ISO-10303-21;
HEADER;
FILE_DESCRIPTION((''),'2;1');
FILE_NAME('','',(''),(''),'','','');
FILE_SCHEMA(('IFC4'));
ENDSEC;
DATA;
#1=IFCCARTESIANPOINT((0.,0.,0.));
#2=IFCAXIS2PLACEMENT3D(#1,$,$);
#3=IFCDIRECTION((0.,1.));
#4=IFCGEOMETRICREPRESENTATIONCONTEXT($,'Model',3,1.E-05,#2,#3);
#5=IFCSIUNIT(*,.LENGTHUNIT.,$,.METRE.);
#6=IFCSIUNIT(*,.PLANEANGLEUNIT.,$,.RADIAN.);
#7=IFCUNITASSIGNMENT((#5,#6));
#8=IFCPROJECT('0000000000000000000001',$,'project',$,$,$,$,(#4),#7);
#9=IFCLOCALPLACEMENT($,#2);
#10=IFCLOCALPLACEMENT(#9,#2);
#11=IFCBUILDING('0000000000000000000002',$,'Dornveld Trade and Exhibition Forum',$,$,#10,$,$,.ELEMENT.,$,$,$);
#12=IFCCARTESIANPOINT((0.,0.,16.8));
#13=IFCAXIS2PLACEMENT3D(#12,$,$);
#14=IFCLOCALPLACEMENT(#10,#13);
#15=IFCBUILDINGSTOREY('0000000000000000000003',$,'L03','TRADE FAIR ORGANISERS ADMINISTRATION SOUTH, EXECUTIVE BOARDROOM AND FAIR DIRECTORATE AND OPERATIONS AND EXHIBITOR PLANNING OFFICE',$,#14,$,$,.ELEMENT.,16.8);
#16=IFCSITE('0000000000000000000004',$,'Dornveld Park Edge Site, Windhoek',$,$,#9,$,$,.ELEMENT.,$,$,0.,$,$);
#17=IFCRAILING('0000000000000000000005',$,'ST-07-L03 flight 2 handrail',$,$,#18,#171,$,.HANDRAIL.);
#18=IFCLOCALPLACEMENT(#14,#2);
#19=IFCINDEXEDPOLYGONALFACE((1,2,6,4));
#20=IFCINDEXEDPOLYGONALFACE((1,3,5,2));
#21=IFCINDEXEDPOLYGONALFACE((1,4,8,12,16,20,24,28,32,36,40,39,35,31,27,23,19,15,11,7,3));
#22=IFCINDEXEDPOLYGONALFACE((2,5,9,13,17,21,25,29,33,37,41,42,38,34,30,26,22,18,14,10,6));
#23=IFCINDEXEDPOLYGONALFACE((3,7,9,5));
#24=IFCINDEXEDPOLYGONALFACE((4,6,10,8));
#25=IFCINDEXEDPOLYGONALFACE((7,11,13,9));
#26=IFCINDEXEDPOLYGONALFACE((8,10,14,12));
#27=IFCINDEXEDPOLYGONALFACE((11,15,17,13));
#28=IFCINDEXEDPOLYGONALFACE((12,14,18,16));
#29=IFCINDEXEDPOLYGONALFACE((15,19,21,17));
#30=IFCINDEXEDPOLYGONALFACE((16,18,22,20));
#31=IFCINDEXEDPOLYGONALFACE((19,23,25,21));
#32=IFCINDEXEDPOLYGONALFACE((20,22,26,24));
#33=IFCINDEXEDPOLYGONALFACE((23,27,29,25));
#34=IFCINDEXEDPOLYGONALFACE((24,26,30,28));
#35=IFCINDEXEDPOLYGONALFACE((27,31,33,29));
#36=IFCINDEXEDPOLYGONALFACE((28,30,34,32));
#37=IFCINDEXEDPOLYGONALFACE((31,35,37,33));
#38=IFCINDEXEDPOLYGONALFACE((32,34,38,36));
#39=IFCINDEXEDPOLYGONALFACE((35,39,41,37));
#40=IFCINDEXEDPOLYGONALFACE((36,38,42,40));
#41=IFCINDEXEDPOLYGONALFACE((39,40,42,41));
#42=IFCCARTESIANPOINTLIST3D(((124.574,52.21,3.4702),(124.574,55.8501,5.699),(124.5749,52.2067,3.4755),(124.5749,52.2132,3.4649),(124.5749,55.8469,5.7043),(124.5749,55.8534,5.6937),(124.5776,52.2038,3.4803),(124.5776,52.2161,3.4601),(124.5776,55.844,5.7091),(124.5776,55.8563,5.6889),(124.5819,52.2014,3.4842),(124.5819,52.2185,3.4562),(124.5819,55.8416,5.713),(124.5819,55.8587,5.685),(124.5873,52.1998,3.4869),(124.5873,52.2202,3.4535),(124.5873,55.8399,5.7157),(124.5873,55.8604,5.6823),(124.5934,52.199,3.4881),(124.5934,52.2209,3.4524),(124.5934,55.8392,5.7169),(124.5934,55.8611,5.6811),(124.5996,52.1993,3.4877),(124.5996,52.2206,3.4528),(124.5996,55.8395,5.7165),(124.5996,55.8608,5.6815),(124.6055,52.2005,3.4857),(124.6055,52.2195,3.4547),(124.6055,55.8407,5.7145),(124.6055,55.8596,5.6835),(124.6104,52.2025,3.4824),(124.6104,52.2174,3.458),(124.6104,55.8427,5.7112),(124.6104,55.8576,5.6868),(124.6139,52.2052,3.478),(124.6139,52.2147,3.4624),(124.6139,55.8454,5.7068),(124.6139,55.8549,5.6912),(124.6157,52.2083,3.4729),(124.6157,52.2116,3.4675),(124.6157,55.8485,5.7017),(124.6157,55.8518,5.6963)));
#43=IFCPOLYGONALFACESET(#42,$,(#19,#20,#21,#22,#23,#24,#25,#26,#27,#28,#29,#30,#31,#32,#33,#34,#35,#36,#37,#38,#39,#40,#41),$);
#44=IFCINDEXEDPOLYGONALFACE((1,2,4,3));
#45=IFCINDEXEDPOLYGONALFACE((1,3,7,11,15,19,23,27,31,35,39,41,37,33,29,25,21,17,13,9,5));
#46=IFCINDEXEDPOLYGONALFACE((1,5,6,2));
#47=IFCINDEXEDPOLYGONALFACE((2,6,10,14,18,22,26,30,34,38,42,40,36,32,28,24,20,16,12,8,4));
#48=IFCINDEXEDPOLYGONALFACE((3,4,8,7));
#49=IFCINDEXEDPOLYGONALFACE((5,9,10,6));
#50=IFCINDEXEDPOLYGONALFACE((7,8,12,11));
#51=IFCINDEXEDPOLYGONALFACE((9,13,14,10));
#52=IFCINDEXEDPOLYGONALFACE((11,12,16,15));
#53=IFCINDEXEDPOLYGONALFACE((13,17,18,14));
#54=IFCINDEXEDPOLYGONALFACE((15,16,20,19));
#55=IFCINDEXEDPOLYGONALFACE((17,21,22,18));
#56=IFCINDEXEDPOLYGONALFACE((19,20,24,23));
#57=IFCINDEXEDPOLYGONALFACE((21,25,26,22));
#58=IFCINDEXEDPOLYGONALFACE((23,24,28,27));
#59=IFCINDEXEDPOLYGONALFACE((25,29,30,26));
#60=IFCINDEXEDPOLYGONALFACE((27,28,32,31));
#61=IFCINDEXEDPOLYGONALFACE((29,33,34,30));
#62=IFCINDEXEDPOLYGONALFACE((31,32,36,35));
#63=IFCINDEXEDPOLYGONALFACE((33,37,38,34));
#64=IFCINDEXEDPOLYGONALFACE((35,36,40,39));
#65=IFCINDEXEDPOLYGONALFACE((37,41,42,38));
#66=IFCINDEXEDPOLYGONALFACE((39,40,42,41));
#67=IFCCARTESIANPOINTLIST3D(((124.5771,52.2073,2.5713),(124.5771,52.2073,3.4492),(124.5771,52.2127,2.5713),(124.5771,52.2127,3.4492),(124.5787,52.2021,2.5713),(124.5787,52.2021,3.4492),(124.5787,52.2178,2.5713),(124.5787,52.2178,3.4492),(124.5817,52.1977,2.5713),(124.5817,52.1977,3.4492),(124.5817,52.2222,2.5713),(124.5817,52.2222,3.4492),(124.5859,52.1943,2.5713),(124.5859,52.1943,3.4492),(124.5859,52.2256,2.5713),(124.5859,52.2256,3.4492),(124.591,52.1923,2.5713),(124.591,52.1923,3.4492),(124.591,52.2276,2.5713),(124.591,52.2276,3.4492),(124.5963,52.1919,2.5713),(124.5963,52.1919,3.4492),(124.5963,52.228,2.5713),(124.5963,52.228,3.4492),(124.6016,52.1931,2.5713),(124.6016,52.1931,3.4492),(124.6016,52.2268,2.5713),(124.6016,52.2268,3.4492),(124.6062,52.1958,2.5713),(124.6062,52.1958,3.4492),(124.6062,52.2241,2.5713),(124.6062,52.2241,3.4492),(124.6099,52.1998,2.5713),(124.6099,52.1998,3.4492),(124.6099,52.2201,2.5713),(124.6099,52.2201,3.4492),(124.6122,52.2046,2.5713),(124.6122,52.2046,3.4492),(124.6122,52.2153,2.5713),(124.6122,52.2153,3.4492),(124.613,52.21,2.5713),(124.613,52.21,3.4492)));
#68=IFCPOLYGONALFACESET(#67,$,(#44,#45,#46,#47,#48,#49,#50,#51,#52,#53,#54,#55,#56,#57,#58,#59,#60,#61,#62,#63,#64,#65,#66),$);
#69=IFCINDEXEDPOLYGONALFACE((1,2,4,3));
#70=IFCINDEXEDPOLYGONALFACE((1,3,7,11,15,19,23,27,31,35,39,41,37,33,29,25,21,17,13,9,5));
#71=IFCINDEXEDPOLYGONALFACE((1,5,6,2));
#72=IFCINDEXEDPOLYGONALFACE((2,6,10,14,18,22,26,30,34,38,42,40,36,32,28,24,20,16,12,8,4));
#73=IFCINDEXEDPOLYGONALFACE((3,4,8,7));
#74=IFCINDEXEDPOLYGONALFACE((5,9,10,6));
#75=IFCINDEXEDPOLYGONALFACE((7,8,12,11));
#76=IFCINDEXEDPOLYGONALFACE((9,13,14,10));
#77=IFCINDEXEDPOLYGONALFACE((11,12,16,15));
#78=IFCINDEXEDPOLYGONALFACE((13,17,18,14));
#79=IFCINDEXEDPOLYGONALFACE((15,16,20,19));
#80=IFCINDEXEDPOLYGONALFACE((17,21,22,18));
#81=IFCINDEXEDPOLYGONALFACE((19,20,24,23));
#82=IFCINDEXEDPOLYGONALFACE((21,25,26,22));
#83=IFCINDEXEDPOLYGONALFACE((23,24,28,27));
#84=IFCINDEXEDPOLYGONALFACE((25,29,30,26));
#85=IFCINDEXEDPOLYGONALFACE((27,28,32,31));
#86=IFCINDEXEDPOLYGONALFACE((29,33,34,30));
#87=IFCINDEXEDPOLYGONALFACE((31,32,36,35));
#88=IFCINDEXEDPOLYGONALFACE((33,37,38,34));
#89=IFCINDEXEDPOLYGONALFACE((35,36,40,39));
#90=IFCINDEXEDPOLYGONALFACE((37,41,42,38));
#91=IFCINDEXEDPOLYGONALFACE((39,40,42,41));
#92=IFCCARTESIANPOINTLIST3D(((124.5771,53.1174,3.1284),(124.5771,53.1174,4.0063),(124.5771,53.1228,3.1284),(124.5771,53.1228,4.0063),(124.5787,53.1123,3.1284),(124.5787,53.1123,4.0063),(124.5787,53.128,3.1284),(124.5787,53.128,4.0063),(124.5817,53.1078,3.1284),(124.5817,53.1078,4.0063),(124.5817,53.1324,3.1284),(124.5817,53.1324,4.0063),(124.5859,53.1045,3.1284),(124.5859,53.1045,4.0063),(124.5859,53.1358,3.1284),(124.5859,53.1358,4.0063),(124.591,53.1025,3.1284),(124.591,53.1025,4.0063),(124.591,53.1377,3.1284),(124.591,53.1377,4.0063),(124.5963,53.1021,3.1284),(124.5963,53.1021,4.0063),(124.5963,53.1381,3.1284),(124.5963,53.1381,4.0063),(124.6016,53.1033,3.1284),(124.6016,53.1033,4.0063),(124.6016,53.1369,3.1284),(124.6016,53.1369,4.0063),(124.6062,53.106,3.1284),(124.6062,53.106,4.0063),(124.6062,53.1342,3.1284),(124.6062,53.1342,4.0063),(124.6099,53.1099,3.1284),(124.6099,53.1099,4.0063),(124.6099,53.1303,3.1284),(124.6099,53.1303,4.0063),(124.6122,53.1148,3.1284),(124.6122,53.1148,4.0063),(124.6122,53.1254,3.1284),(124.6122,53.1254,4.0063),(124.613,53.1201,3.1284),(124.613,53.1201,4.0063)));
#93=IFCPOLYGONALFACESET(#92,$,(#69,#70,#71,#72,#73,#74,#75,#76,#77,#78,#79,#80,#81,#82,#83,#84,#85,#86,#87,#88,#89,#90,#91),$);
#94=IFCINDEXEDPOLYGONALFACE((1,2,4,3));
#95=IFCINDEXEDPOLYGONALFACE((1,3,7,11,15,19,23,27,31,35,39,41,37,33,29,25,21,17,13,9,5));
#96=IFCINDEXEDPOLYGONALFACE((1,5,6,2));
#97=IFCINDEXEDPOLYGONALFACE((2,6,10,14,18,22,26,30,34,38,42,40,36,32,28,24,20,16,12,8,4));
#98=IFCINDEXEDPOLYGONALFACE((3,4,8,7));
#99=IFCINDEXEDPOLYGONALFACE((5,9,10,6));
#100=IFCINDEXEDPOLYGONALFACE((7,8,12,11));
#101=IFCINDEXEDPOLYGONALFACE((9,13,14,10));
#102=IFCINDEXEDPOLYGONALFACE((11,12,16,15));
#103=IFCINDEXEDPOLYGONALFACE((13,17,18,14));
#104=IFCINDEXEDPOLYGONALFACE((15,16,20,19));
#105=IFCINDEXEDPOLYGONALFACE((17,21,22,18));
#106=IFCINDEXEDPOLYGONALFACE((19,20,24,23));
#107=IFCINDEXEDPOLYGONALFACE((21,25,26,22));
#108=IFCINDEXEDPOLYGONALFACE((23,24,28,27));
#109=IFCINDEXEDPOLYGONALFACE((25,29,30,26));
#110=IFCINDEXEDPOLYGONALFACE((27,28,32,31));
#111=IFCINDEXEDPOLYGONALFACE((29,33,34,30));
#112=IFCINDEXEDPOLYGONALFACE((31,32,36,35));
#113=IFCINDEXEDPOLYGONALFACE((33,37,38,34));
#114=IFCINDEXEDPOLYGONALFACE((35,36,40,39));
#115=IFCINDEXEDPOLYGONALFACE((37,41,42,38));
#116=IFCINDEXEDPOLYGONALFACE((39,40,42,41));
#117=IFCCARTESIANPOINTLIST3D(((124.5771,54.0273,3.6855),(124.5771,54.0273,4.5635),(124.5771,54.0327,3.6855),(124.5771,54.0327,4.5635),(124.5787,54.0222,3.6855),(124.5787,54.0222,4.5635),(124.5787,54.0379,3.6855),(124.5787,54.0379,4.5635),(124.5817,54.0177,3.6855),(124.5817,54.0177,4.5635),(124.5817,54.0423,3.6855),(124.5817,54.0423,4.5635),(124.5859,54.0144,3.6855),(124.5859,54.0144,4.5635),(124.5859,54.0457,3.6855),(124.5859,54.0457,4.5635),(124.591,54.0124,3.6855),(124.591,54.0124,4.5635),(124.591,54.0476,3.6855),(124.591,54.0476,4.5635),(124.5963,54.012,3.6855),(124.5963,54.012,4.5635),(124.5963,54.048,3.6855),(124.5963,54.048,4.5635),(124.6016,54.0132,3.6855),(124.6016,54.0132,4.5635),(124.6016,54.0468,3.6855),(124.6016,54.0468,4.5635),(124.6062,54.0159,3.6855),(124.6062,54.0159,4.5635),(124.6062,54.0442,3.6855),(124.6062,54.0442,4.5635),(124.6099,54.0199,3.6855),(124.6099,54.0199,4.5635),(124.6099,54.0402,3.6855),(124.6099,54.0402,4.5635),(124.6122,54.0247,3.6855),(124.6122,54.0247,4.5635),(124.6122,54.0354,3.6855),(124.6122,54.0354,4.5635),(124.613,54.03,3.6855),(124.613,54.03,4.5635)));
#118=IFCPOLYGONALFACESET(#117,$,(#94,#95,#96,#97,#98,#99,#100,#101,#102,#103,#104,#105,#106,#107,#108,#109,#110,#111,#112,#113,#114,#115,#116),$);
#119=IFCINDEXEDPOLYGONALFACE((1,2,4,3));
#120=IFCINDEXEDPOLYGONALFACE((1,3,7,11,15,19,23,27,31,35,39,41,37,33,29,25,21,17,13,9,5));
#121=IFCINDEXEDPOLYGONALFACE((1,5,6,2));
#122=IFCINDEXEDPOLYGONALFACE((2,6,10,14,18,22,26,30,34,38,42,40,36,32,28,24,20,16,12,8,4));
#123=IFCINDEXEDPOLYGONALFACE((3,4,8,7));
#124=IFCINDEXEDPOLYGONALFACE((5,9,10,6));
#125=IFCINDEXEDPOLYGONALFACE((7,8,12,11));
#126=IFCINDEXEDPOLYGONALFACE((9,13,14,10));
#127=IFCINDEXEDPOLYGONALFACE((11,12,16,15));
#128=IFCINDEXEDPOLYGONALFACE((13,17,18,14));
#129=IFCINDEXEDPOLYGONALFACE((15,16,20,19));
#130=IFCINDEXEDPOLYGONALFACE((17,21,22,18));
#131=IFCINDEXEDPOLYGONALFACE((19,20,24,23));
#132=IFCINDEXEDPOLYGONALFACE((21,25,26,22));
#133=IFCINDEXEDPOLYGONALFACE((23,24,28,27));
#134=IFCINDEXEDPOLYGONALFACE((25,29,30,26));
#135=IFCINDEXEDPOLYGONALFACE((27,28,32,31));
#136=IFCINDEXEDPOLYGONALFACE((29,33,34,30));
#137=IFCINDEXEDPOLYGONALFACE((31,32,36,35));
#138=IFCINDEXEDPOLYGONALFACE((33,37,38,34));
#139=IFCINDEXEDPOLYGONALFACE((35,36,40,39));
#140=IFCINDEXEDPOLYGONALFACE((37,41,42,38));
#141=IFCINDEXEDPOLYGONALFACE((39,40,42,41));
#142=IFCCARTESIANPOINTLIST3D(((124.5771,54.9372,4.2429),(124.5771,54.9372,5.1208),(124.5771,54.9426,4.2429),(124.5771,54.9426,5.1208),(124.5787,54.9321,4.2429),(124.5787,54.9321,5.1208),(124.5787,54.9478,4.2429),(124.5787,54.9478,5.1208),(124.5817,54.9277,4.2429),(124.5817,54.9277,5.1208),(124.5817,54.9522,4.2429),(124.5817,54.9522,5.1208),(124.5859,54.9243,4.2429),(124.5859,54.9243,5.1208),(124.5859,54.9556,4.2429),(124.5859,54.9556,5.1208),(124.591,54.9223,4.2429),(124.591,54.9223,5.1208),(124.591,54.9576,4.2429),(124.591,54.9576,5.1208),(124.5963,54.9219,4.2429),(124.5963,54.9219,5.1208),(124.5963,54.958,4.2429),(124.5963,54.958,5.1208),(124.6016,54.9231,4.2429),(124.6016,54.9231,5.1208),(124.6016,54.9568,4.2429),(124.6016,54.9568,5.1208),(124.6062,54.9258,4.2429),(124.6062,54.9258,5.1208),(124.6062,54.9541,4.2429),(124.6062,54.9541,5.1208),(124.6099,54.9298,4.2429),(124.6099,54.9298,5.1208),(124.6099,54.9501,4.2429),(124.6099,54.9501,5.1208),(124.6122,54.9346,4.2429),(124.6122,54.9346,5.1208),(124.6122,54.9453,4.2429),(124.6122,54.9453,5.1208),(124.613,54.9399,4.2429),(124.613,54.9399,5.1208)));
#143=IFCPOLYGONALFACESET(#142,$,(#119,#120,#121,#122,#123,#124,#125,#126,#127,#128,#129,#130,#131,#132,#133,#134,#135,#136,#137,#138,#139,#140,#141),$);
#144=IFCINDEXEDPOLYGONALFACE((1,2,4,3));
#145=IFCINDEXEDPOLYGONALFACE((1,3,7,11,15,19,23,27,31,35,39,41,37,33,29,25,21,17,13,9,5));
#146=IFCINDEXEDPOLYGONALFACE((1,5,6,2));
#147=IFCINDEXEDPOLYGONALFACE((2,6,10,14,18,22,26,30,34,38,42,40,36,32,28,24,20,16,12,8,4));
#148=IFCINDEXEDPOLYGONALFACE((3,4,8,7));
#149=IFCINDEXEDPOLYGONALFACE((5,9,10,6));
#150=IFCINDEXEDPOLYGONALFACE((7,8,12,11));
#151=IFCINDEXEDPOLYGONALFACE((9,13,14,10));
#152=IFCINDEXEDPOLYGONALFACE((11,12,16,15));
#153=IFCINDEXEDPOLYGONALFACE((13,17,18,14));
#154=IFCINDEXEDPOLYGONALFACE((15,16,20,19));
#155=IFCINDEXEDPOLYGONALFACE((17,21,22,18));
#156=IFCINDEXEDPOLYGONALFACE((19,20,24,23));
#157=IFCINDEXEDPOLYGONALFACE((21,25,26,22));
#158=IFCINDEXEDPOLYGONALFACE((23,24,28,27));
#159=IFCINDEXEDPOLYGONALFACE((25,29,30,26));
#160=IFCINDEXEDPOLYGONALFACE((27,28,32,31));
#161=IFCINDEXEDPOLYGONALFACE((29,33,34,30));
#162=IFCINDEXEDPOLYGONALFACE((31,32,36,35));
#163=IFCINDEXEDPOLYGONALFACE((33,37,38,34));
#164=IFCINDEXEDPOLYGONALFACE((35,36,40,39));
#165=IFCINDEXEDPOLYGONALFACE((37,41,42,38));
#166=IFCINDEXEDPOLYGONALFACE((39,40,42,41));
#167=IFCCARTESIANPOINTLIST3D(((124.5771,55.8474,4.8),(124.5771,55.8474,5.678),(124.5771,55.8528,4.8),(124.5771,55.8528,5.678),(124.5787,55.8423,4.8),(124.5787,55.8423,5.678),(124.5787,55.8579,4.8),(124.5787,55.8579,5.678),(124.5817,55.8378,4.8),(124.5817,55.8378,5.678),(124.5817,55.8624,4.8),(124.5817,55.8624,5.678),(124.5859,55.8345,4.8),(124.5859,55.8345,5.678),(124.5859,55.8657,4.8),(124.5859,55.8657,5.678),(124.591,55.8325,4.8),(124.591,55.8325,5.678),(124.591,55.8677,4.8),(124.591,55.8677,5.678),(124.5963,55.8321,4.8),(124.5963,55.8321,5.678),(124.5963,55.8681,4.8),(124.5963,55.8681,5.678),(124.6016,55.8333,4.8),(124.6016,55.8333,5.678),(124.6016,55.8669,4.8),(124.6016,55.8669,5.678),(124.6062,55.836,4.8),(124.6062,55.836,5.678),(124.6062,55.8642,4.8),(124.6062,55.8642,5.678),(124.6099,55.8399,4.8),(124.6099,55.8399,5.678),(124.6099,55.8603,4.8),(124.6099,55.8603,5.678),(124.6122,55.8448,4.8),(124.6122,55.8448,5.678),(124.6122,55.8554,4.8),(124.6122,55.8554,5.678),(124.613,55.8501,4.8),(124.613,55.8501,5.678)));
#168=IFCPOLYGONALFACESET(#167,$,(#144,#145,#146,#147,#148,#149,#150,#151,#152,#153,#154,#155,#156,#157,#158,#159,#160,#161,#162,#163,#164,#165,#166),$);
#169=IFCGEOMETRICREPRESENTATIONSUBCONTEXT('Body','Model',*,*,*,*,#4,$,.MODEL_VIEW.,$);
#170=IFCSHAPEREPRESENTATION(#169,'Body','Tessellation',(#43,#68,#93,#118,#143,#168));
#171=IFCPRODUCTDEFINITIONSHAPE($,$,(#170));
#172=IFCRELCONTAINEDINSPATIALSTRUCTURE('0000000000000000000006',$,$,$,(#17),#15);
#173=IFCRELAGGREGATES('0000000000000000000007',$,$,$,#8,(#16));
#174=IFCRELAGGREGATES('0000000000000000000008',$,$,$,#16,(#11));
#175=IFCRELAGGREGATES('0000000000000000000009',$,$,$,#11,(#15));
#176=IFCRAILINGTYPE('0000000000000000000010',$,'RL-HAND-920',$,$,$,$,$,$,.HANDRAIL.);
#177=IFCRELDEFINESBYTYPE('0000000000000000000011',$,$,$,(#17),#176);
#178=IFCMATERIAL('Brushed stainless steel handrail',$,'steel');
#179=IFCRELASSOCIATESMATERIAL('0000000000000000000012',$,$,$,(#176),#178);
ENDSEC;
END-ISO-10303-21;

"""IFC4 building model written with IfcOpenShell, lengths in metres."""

from ifc_helpers import new_model, si_unit, direction, frame, origin, origin_2d, place, context, subcontext, project, spatial, circle, extrude, material, type_object, element, save


model = new_model("IFC4")

# Units and contexts
model_context = context("Model", 3, precision=1e-05, world=origin(), true_north=direction((0.0, 1.0)))
body_context = subcontext(model_context, "Body", "Model", "MODEL_VIEW")
ifc_project = project(units=[si_unit("LENGTHUNIT", "METRE"), si_unit("PLANEANGLEUNIT", "RADIAN")], contexts=[model_context])

# Site, building, storey
site_placement = place(None, origin())
site = spatial("IfcSite", under=ifc_project, at=site_placement, Name="Dornveld Park Edge Site, Windhoek", CompositionType="ELEMENT", RefElevation=0.0)
building_placement = place(site_placement, origin())
building = spatial("IfcBuilding", under=site, at=building_placement, Name="Dornveld Trade and Exhibition Forum", CompositionType="ELEMENT")
storey_placement = place(building_placement, frame((0.0, 0.0, 16.8)))
storey = spatial("IfcBuildingStorey", under=building, at=storey_placement, Name="L03", Description="TRADE FAIR ORGANISERS ADMINISTRATION SOUTH, EXECUTIVE BOARDROOM AND FAIR DIRECTORATE AND OPERATIONS AND EXHIBITOR PLANNING OFFICE", CompositionType="ELEMENT", Elevation=16.8)

# Railing
ifc_material_1 = material(Name="Brushed stainless steel handrail", Category="steel")
railing_type_1 = type_object("IfcRailingType", Name="RL-HAND-920", PredefinedType="HANDRAIL", material=ifc_material_1)
railing_1_placement = place(storey_placement, frame((124.595, 52.21, 2.5713)))
element("IfcRailing", 1, at=railing_1_placement, inside=storey, type_object=railing_type_1, Name="ST-07-L03 flight 2 handrail", PredefinedType="HANDRAIL", context=body_context, shape_type="SweptSolid", body=[
    extrude(circle(Radius=0.021, at=origin_2d()), frame((0.0, 0.0, 0.8989), z_axis=(0.0, 0.85284, 0.522172), x_axis=(-1.0, 0.0, 0.0)), (0.0, 0.0, 1.0), 4.2683),
    extrude(circle(Radius=0.0181, at=origin_2d()), origin(), (0.0, 0.0, 1.0), 0.8779),
    extrude(circle(Radius=0.0181, at=origin_2d()), frame((0.0, 0.9102, 0.5571)), (0.0, 0.0, 1.0), 0.8779),
    extrude(circle(Radius=0.0181, at=origin_2d()), frame((0.0, 1.8201, 1.1143)), (0.0, 0.0, 1.0), 0.8779),
    extrude(circle(Radius=0.0181, at=origin_2d()), frame((0.0, 2.73, 1.6716)), (0.0, 0.0, 1.0), 0.8779),
    extrude(circle(Radius=0.0181, at=origin_2d()), frame((0.0, 3.6401, 2.2288)), (0.0, 0.0, 1.0), 0.8779),
])

save(model, "model.ifc")
